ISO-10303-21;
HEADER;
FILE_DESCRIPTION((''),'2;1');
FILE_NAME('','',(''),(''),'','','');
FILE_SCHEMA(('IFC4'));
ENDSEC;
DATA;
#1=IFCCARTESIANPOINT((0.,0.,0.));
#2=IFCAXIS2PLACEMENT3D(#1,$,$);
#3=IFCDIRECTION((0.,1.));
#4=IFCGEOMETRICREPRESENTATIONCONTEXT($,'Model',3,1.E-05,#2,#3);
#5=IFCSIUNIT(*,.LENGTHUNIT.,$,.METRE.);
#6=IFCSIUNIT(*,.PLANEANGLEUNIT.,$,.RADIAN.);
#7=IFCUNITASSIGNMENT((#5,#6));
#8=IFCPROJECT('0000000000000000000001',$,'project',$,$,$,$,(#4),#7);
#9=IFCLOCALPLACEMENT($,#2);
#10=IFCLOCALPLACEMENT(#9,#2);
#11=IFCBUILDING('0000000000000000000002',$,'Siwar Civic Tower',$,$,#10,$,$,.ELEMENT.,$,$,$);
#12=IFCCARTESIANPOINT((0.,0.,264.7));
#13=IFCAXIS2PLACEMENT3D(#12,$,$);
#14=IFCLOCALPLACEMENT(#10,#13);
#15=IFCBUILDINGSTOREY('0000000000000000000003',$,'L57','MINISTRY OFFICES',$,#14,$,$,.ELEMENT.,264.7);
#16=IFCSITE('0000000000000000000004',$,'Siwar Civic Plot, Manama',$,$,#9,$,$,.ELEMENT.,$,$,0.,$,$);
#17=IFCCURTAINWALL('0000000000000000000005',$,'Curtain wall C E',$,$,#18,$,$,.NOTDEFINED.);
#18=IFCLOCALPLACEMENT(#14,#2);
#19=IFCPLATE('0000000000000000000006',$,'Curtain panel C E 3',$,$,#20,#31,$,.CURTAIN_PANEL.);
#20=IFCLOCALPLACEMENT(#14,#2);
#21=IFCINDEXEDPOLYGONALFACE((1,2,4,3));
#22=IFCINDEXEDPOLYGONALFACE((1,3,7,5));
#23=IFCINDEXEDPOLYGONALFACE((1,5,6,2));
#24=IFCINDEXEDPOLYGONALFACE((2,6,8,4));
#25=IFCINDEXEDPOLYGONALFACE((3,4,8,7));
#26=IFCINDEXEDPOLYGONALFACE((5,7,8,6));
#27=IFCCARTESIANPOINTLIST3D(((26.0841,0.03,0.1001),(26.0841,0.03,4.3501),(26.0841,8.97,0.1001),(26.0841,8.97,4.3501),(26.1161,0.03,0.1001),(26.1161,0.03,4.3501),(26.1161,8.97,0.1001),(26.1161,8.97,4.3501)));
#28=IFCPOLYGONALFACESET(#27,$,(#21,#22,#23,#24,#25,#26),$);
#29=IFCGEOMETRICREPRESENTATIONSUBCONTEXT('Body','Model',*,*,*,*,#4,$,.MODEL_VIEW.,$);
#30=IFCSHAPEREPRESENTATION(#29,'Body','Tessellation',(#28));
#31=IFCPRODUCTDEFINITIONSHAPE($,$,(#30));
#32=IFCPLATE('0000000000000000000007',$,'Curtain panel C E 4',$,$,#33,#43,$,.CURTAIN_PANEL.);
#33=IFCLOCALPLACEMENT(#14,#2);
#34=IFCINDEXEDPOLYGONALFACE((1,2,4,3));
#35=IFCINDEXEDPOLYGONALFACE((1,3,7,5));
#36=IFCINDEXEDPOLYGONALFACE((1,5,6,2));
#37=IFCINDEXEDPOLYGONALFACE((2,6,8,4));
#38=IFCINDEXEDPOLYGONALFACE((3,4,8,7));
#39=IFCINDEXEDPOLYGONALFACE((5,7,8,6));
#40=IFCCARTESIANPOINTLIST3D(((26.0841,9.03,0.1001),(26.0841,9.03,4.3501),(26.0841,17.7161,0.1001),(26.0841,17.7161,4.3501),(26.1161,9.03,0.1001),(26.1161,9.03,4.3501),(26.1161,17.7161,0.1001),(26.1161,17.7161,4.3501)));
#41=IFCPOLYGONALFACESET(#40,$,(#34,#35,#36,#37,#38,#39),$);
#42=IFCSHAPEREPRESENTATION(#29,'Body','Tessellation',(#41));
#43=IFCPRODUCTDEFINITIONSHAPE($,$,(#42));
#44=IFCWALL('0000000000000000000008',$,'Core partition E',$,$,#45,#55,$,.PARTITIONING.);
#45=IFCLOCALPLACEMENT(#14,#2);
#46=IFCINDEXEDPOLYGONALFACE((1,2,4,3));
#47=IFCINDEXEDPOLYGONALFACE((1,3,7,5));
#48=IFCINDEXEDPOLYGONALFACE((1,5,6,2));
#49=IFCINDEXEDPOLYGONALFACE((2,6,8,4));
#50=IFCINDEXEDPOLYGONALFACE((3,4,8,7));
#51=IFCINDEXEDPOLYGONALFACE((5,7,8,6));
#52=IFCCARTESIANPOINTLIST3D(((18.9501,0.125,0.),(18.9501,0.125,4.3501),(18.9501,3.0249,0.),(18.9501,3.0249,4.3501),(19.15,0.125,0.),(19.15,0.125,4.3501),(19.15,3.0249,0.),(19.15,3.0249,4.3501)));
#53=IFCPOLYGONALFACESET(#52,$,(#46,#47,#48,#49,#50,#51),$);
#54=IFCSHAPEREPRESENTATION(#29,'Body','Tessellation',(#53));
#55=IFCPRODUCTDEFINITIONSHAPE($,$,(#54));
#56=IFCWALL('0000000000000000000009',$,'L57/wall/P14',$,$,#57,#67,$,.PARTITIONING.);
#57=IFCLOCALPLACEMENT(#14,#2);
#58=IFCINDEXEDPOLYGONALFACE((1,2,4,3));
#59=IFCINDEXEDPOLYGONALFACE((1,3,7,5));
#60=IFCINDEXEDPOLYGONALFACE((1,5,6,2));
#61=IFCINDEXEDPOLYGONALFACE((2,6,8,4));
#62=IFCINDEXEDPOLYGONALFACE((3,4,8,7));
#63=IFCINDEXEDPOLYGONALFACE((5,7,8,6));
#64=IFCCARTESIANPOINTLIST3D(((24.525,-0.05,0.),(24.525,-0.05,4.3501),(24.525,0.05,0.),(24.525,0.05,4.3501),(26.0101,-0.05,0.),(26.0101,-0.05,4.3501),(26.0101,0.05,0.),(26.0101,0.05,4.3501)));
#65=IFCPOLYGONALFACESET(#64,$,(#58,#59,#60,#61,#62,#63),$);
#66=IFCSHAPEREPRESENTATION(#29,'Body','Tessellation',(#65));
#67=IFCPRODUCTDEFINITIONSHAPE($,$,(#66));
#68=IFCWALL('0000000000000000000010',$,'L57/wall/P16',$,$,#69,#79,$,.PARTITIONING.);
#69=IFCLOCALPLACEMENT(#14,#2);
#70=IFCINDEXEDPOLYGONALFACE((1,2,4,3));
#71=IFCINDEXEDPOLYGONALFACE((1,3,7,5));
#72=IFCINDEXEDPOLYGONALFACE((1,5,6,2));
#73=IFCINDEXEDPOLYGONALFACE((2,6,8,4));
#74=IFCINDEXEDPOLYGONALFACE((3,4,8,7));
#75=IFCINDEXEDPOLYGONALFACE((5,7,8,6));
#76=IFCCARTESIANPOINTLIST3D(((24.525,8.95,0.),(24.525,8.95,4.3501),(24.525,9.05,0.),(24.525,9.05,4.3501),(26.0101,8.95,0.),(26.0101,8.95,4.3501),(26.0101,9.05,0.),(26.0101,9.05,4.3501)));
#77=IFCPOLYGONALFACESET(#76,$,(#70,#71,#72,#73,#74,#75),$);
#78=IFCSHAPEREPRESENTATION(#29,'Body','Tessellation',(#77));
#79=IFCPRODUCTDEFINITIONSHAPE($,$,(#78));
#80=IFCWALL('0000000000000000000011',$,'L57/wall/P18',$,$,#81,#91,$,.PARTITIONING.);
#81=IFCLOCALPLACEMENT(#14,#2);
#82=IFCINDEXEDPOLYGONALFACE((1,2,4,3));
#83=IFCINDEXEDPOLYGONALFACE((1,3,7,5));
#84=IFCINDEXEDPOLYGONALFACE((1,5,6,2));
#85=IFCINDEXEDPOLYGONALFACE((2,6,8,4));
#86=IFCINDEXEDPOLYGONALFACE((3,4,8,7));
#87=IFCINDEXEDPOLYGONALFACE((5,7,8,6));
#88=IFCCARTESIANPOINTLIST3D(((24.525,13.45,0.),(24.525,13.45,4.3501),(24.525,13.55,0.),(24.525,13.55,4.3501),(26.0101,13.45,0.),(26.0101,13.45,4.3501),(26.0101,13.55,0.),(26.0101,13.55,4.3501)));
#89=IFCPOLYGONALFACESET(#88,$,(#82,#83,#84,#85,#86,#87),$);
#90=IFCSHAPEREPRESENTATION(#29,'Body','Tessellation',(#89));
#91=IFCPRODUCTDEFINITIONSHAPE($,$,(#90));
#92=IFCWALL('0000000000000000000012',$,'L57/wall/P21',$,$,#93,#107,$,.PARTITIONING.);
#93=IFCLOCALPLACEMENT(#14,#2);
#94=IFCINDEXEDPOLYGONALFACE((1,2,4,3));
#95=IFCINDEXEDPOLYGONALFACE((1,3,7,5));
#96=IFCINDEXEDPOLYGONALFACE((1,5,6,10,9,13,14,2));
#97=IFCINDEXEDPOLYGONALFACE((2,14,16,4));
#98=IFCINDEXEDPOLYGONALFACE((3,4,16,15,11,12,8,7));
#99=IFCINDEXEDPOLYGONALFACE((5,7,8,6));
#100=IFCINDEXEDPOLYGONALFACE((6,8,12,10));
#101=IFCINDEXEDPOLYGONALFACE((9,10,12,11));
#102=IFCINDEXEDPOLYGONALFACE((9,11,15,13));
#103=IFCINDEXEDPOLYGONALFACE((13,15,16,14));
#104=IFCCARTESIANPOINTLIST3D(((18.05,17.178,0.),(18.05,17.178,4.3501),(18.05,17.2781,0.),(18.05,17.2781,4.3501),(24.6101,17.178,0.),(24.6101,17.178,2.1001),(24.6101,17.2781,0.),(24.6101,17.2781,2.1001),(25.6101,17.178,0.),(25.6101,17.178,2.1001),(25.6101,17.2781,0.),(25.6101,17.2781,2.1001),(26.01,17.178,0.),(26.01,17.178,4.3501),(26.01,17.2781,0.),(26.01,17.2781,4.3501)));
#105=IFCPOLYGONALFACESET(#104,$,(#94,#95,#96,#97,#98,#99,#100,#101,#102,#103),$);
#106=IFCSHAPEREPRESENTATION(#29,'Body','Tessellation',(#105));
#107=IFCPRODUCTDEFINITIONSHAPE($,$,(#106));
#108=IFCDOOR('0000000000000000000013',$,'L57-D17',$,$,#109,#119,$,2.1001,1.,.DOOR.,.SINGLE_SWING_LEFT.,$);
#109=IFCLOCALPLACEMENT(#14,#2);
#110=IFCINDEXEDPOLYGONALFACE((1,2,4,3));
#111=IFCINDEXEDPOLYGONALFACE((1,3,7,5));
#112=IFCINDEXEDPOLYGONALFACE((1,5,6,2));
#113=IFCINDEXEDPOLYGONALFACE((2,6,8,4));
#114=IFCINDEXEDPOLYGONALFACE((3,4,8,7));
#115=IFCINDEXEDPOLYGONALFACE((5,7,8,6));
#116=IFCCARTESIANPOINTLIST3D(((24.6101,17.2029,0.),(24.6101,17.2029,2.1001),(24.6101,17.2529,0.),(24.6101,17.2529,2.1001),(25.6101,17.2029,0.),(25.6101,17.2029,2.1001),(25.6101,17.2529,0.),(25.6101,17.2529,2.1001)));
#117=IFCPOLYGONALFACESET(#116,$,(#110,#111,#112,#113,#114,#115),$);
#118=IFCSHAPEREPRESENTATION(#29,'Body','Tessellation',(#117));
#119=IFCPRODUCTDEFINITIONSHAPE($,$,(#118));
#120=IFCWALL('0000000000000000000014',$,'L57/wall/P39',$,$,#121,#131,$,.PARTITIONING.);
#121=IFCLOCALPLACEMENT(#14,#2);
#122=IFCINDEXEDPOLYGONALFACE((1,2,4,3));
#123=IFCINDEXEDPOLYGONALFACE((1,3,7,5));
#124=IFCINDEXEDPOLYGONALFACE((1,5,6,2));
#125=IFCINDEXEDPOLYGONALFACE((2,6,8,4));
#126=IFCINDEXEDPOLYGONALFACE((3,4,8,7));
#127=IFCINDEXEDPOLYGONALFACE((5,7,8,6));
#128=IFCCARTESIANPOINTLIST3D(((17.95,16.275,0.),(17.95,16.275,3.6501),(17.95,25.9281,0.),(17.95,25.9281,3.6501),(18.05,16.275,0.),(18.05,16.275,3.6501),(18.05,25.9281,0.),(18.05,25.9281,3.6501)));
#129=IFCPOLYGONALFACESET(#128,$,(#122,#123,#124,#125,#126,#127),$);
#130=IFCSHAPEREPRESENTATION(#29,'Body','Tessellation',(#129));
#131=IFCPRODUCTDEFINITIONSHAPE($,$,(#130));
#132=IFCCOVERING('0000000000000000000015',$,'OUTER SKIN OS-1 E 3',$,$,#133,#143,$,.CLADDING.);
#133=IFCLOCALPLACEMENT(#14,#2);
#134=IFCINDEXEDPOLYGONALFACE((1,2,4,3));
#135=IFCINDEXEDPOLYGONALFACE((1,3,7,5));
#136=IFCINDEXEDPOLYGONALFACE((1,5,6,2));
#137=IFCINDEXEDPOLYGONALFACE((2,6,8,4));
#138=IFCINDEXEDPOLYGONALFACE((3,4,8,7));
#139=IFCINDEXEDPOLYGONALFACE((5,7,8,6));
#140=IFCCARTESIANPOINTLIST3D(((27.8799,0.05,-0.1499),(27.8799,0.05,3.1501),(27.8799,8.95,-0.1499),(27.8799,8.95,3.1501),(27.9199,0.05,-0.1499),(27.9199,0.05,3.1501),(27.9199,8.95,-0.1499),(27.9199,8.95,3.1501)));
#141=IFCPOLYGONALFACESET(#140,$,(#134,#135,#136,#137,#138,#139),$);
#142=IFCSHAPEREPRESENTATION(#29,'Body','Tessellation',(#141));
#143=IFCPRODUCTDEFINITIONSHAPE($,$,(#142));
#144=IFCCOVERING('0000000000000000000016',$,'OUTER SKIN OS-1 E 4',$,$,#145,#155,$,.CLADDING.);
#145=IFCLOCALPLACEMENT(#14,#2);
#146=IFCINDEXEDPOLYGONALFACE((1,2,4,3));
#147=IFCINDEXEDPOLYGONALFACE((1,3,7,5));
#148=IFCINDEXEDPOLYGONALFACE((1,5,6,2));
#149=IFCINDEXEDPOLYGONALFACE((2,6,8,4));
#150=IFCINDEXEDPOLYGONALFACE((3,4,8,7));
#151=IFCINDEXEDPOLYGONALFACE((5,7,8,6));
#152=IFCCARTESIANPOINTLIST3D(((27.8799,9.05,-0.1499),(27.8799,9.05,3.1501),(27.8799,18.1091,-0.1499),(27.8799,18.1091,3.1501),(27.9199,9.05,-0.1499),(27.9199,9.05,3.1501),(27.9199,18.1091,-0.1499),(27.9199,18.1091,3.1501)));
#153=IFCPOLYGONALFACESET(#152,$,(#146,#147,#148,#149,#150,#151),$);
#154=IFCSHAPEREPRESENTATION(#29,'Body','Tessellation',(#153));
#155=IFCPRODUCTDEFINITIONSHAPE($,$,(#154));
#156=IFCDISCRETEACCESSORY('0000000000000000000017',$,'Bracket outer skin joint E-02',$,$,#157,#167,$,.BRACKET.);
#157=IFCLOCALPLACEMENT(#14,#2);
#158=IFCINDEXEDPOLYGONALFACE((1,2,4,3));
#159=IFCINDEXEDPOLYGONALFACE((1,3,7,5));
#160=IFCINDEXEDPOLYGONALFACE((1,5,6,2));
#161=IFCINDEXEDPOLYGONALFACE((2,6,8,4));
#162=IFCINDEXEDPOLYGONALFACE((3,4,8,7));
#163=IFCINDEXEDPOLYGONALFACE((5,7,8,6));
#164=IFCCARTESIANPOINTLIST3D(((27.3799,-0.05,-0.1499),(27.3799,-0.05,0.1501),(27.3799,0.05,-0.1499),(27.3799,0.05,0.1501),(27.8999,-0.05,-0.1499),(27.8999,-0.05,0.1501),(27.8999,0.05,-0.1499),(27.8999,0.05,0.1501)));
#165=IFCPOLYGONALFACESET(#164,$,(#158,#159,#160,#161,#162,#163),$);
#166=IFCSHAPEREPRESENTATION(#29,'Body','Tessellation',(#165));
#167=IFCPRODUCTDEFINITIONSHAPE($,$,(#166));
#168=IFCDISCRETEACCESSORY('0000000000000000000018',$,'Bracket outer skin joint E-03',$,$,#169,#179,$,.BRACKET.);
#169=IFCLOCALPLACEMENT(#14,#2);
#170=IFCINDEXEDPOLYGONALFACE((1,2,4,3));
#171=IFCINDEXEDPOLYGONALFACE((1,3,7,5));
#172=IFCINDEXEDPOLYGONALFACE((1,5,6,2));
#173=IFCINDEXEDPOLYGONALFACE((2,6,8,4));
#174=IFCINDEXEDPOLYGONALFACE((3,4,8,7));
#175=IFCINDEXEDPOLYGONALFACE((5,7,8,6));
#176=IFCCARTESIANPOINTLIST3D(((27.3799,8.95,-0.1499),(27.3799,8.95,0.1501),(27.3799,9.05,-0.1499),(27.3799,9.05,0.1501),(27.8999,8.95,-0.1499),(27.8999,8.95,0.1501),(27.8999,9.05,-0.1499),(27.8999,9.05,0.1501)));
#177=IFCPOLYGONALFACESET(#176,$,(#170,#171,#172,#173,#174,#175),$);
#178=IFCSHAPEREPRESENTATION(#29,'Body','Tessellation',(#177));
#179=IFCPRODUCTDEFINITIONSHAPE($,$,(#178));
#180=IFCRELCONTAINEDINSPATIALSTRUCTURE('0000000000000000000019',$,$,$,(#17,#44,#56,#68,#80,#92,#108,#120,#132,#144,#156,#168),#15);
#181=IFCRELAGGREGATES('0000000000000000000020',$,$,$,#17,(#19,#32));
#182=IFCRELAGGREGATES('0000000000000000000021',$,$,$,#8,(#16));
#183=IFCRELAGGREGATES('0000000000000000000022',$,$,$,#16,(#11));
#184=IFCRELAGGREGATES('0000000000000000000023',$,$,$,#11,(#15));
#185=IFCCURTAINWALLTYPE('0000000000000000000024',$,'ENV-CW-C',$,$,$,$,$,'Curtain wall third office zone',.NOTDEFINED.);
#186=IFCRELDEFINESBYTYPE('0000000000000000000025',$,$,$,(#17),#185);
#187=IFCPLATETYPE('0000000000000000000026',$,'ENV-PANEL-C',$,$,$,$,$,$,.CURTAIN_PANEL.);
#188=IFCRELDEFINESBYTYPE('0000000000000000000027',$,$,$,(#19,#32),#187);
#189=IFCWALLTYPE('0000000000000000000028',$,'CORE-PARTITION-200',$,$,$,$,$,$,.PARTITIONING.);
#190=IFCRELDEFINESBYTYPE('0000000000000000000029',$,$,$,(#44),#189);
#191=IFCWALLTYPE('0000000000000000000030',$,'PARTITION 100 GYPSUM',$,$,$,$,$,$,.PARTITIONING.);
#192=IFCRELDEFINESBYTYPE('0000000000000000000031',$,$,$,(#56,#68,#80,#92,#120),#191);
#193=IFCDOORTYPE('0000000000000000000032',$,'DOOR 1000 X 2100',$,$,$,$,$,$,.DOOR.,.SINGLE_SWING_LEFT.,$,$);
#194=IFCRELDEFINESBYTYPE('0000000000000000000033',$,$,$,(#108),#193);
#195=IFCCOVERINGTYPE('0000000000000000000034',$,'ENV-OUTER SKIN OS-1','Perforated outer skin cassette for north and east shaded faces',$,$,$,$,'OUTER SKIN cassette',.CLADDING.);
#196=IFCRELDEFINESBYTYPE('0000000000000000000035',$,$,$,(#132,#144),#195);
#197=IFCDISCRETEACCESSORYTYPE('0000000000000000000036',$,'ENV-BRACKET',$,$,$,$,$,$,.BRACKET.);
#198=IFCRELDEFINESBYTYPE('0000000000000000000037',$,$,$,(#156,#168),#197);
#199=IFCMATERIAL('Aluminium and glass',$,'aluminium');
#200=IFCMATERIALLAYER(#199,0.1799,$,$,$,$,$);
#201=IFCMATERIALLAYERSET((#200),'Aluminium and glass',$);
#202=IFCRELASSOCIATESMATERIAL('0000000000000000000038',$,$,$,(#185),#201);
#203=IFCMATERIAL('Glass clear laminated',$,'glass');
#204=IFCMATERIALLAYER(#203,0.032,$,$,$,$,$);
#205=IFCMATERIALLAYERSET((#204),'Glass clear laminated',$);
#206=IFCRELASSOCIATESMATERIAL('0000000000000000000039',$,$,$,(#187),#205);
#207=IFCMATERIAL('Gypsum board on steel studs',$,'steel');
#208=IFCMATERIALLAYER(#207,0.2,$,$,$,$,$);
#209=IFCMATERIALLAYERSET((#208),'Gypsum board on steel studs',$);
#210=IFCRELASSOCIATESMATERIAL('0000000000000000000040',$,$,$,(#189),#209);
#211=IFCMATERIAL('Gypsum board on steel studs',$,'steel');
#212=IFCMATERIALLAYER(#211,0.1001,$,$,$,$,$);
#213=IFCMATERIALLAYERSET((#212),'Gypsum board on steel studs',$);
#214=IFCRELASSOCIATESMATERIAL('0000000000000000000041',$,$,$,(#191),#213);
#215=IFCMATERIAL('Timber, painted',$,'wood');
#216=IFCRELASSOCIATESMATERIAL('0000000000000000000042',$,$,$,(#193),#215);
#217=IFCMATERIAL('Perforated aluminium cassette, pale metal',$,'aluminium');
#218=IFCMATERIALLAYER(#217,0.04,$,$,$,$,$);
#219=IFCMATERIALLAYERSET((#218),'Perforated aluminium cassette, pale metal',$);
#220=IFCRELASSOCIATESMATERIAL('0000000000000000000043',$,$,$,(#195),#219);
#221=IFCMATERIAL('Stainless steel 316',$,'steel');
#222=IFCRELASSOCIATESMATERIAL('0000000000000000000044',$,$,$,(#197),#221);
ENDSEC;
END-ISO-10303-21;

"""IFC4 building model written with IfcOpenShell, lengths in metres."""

from ifc_helpers import new_model, si_unit, direction, frame, frame_2d, origin, origin_2d, place, context, subcontext, project, spatial, rectangle, extrude, material, layer, layer_set, type_object, element, fill, aggregate, save


model = new_model("IFC4")

# Units and contexts
model_context = context("Model", 3, precision=1e-05, world=origin(), true_north=direction((0.0, 1.0)))
body_context = subcontext(model_context, "Body", "Model", "MODEL_VIEW")
ifc_project = project(units=[si_unit("LENGTHUNIT", "METRE"), si_unit("PLANEANGLEUNIT", "RADIAN")], contexts=[model_context])

# Site, building, storey
site_placement = place(None, origin())
site = spatial("IfcSite", under=ifc_project, at=site_placement, Name="Siwar Civic Plot, Manama", CompositionType="ELEMENT", RefElevation=0.0)
building_placement = place(site_placement, origin())
building = spatial("IfcBuilding", under=site, at=building_placement, Name="Siwar Civic Tower", CompositionType="ELEMENT")
storey_placement = place(building_placement, frame((0.0, 0.0, 264.7)))
storey = spatial("IfcBuildingStorey", under=building, at=storey_placement, Name="L57", Description="MINISTRY OFFICES", CompositionType="ELEMENT", Elevation=264.7)

# Curtain wall
ifc_material_1 = material(Name="Aluminium and glass", Category="aluminium")
ifc_layer_1 = layer(ifc_material_1, 0.1799)
ifc_layer_set_1 = layer_set([ifc_layer_1], Name="Aluminium and glass")
curtain_wall_type_1 = type_object("IfcCurtainWallType", Name="ENV-CW-C", ElementType="Curtain wall third office zone", PredefinedType="NOTDEFINED", material=ifc_layer_set_1)
curtain_wall_1_placement = place(storey_placement, origin())
curtain_wall_1 = element("IfcCurtainWall", 1, at=curtain_wall_1_placement, inside=storey, type_object=curtain_wall_type_1, Name="Curtain wall C E", PredefinedType="NOTDEFINED")

# Plates
ifc_material_2 = material(Name="Glass clear laminated", Category="glass")
ifc_layer_2 = layer(ifc_material_2, 0.032)
ifc_layer_set_2 = layer_set([ifc_layer_2], Name="Glass clear laminated")
plate_type = type_object("IfcPlateType", Name="ENV-PANEL-C", PredefinedType="CURTAIN_PANEL", material=ifc_layer_set_2)
plate_1_placement = place(storey_placement, frame((26.1001, 4.5, 0.1001), z_axis=(0.0, 0.0, 1.0), x_axis=(0.0, 1.0, 0.0)))
plate_1 = element("IfcPlate", 2, at=plate_1_placement, type_object=plate_type, Name="Curtain panel C E 3", PredefinedType="CURTAIN_PANEL", context=body_context, shape_type="SweptSolid", body=[
    extrude(rectangle(XDim=8.9399, YDim=0.032, at=origin_2d()), origin(), (0.0, 0.0, 1.0), 4.25),
])
plate_2_placement = place(storey_placement, frame((26.1001, 13.373, 0.1001), z_axis=(0.0, 0.0, 1.0), x_axis=(0.0, 1.0, 0.0)))
plate_2 = element("IfcPlate", 3, at=plate_2_placement, type_object=plate_type, Name="Curtain panel C E 4", PredefinedType="CURTAIN_PANEL", context=body_context, shape_type="SweptSolid", body=[
    extrude(rectangle(XDim=8.686, YDim=0.032, at=origin_2d()), origin(), (0.0, 0.0, 1.0), 4.25),
])
aggregate(curtain_wall_1, [plate_1, plate_2])

# Walls
ifc_material_3 = material(Name="Gypsum board on steel studs", Category="steel")
ifc_layer_3 = layer(ifc_material_3, 0.2)
ifc_layer_set_3 = layer_set([ifc_layer_3], Name="Gypsum board on steel studs")
wall_type_1 = type_object("IfcWallType", Name="CORE-PARTITION-200", PredefinedType="PARTITIONING", material=ifc_layer_set_3)
wall_1_placement = place(storey_placement, frame((19.05, 0.125, 0.0), z_axis=(0.0, 0.0, 1.0), x_axis=(0.0, 1.0, 0.0)))
element("IfcWall", 4, at=wall_1_placement, inside=storey, type_object=wall_type_1, Name="Core partition E", PredefinedType="PARTITIONING", context=body_context, shape_type="SweptSolid", body=[
    extrude(rectangle(XDim=2.8999, YDim=0.2, at=frame_2d((1.45, 0.0))), origin(), (0.0, 0.0, 1.0), 4.3501),
])
ifc_material_4 = material(Name="Gypsum board on steel studs", Category="steel")
ifc_layer_4 = layer(ifc_material_4, 0.1001)
ifc_layer_set_4 = layer_set([ifc_layer_4], Name="Gypsum board on steel studs")
wall_type_2 = type_object("IfcWallType", Name="PARTITION 100 GYPSUM", PredefinedType="PARTITIONING", material=ifc_layer_set_4)
for number, where, z_axis, x_axis, name in (
    (5, (24.5249, 0.0, 0.0), (0.0, 0.0, 1.0), (1.0, 0.0, 0.0), "L57/wall/P14"),
    (6, (24.5249, 9.0, 0.0), (0.0, 0.0, 1.0), (1.0, 0.0, 0.0), "L57/wall/P16"),
    (7, (24.5249, 13.5, 0.0), (0.0, 0.0, 1.0), (1.0, 0.0, 0.0), "L57/wall/P18"),
):
    element("IfcWall", number, at=place(storey_placement, frame(where, z_axis=z_axis, x_axis=x_axis)), inside=storey, type_object=wall_type_2, Name=name, PredefinedType="PARTITIONING", context=body_context, shape_type="SweptSolid", body=[
        extrude(rectangle(XDim=1.4851, YDim=0.1001, at=frame_2d((0.7427, 0.0))), origin(), (0.0, 0.0, 1.0), 4.3501),
    ])

# Wall, opening, door
wall_2_placement = place(storey_placement, frame((18.05, 17.228, 0.0), z_axis=(0.0, 0.0, 1.0), x_axis=(1.0, 0.0, 0.0)))
wall_2 = element("IfcWall", 8, at=wall_2_placement, inside=storey, type_object=wall_type_2, Name="L57/wall/P21", PredefinedType="PARTITIONING", context=body_context, shape_type="SweptSolid", body=[
    extrude(rectangle(XDim=7.96, YDim=0.1001, at=frame_2d((3.98, 0.0))), origin(), (0.0, 0.0, 1.0), 4.3501),
])
opening_placement = place(wall_2_placement, frame((6.5601, 0.0, 0.0)))
opening = element("IfcOpeningElement", 9, at=opening_placement, cuts=wall_2, PredefinedType="OPENING", context=body_context, shape_type="SweptSolid", body=[
    extrude(rectangle(XDim=1.0, YDim=2.1001, at=frame_2d((0.5, 1.05))), frame((0.0, 0.0601, 0.0), z_axis=(0.0, -1.0, 0.0), x_axis=(1.0, 0.0, 0.0)), (0.0, 0.0, 1.0), 0.1201),
])
ifc_material_5 = material(Name="Timber, painted", Category="wood")
door_type = type_object("IfcDoorType", Name="DOOR 1000 X 2100", OperationType="SINGLE_SWING_LEFT", PredefinedType="DOOR", material=ifc_material_5)
door_placement = place(opening_placement, origin())
door = element("IfcDoor", 10, at=door_placement, inside=storey, type_object=door_type, Name="L57-D17", OperationType="SINGLE_SWING_LEFT", OverallHeight=2.1001, OverallWidth=1.0, PredefinedType="DOOR", context=body_context, shape_type="SweptSolid", body=[
    extrude(rectangle(XDim=1.0, YDim=2.1001, at=frame_2d((0.5, 1.05))), frame((0.0, 0.0249, 0.0), z_axis=(0.0, -1.0, 0.0), x_axis=(1.0, 0.0, 0.0)), (0.0, 0.0, 1.0), 0.05),
])
fill(opening, door)

# Wall
wall_3_placement = place(storey_placement, frame((18.0, 16.2749, 0.0), z_axis=(0.0, 0.0, 1.0), x_axis=(0.0, 1.0, 0.0)))
element("IfcWall", 11, at=wall_3_placement, inside=storey, type_object=wall_type_2, Name="L57/wall/P39", PredefinedType="PARTITIONING", context=body_context, shape_type="SweptSolid", body=[
    extrude(rectangle(XDim=9.6531, YDim=0.1001, at=frame_2d((4.8267, 0.0))), origin(), (0.0, 0.0, 1.0), 3.6501),
])

# Coverings
ifc_material_6 = material(Name="Perforated aluminium cassette, pale metal", Category="aluminium")
ifc_layer_5 = layer(ifc_material_6, 0.04)
ifc_layer_set_5 = layer_set([ifc_layer_5], Name="Perforated aluminium cassette, pale metal")
covering_type = type_object("IfcCoveringType", Name="ENV-OUTER SKIN OS-1", Description="Perforated outer skin cassette for north and east shaded faces", ElementType="OUTER SKIN cassette", PredefinedType="CLADDING", material=ifc_layer_set_5)
covering_1_placement = place(storey_placement, frame((27.8999, 4.5, -0.1499), z_axis=(0.0, 0.0, 1.0), x_axis=(0.0, 1.0, 0.0)))
element("IfcCovering", 12, at=covering_1_placement, inside=storey, type_object=covering_type, Name="OUTER SKIN OS-1 E 3", PredefinedType="CLADDING", context=body_context, shape_type="SweptSolid", body=[
    extrude(rectangle(XDim=8.8999, YDim=0.04, at=origin_2d()), origin(), (0.0, 0.0, 1.0), 3.3),
])
covering_2_placement = place(storey_placement, frame((27.8999, 13.5796, -0.1499), z_axis=(0.0, 0.0, 1.0), x_axis=(0.0, 1.0, 0.0)))
element("IfcCovering", 13, at=covering_2_placement, inside=storey, type_object=covering_type, Name="OUTER SKIN OS-1 E 4", PredefinedType="CLADDING", context=body_context, shape_type="SweptSolid", body=[
    extrude(rectangle(XDim=9.0591, YDim=0.04, at=origin_2d()), origin(), (0.0, 0.0, 1.0), 3.3),
])

# Discrete accessories
ifc_material_7 = material(Name="Stainless steel 316", Category="steel")
discrete_accessory_type = type_object("IfcDiscreteAccessoryType", Name="ENV-BRACKET", PredefinedType="BRACKET", material=ifc_material_7)
for number, where, z_axis, x_axis, name in (
    (14, (27.6399, 0.0, -0.1499), (0.0, 0.0, 1.0), (1.0, 0.0, 0.0), "Bracket outer skin joint E-02"),
    (15, (27.6399, 9.0, -0.1499), (0.0, 0.0, 1.0), (1.0, 0.0, 0.0), "Bracket outer skin joint E-03"),
):
    element("IfcDiscreteAccessory", number, at=place(storey_placement, frame(where, z_axis=z_axis, x_axis=x_axis)), inside=storey, type_object=discrete_accessory_type, Name=name, PredefinedType="BRACKET", context=body_context, shape_type="SweptSolid", body=[
        extrude(rectangle(XDim=0.52, YDim=0.1001, at=origin_2d()), origin(), (0.0, 0.0, 1.0), 0.3),
    ])

save(model, "model.ifc")
